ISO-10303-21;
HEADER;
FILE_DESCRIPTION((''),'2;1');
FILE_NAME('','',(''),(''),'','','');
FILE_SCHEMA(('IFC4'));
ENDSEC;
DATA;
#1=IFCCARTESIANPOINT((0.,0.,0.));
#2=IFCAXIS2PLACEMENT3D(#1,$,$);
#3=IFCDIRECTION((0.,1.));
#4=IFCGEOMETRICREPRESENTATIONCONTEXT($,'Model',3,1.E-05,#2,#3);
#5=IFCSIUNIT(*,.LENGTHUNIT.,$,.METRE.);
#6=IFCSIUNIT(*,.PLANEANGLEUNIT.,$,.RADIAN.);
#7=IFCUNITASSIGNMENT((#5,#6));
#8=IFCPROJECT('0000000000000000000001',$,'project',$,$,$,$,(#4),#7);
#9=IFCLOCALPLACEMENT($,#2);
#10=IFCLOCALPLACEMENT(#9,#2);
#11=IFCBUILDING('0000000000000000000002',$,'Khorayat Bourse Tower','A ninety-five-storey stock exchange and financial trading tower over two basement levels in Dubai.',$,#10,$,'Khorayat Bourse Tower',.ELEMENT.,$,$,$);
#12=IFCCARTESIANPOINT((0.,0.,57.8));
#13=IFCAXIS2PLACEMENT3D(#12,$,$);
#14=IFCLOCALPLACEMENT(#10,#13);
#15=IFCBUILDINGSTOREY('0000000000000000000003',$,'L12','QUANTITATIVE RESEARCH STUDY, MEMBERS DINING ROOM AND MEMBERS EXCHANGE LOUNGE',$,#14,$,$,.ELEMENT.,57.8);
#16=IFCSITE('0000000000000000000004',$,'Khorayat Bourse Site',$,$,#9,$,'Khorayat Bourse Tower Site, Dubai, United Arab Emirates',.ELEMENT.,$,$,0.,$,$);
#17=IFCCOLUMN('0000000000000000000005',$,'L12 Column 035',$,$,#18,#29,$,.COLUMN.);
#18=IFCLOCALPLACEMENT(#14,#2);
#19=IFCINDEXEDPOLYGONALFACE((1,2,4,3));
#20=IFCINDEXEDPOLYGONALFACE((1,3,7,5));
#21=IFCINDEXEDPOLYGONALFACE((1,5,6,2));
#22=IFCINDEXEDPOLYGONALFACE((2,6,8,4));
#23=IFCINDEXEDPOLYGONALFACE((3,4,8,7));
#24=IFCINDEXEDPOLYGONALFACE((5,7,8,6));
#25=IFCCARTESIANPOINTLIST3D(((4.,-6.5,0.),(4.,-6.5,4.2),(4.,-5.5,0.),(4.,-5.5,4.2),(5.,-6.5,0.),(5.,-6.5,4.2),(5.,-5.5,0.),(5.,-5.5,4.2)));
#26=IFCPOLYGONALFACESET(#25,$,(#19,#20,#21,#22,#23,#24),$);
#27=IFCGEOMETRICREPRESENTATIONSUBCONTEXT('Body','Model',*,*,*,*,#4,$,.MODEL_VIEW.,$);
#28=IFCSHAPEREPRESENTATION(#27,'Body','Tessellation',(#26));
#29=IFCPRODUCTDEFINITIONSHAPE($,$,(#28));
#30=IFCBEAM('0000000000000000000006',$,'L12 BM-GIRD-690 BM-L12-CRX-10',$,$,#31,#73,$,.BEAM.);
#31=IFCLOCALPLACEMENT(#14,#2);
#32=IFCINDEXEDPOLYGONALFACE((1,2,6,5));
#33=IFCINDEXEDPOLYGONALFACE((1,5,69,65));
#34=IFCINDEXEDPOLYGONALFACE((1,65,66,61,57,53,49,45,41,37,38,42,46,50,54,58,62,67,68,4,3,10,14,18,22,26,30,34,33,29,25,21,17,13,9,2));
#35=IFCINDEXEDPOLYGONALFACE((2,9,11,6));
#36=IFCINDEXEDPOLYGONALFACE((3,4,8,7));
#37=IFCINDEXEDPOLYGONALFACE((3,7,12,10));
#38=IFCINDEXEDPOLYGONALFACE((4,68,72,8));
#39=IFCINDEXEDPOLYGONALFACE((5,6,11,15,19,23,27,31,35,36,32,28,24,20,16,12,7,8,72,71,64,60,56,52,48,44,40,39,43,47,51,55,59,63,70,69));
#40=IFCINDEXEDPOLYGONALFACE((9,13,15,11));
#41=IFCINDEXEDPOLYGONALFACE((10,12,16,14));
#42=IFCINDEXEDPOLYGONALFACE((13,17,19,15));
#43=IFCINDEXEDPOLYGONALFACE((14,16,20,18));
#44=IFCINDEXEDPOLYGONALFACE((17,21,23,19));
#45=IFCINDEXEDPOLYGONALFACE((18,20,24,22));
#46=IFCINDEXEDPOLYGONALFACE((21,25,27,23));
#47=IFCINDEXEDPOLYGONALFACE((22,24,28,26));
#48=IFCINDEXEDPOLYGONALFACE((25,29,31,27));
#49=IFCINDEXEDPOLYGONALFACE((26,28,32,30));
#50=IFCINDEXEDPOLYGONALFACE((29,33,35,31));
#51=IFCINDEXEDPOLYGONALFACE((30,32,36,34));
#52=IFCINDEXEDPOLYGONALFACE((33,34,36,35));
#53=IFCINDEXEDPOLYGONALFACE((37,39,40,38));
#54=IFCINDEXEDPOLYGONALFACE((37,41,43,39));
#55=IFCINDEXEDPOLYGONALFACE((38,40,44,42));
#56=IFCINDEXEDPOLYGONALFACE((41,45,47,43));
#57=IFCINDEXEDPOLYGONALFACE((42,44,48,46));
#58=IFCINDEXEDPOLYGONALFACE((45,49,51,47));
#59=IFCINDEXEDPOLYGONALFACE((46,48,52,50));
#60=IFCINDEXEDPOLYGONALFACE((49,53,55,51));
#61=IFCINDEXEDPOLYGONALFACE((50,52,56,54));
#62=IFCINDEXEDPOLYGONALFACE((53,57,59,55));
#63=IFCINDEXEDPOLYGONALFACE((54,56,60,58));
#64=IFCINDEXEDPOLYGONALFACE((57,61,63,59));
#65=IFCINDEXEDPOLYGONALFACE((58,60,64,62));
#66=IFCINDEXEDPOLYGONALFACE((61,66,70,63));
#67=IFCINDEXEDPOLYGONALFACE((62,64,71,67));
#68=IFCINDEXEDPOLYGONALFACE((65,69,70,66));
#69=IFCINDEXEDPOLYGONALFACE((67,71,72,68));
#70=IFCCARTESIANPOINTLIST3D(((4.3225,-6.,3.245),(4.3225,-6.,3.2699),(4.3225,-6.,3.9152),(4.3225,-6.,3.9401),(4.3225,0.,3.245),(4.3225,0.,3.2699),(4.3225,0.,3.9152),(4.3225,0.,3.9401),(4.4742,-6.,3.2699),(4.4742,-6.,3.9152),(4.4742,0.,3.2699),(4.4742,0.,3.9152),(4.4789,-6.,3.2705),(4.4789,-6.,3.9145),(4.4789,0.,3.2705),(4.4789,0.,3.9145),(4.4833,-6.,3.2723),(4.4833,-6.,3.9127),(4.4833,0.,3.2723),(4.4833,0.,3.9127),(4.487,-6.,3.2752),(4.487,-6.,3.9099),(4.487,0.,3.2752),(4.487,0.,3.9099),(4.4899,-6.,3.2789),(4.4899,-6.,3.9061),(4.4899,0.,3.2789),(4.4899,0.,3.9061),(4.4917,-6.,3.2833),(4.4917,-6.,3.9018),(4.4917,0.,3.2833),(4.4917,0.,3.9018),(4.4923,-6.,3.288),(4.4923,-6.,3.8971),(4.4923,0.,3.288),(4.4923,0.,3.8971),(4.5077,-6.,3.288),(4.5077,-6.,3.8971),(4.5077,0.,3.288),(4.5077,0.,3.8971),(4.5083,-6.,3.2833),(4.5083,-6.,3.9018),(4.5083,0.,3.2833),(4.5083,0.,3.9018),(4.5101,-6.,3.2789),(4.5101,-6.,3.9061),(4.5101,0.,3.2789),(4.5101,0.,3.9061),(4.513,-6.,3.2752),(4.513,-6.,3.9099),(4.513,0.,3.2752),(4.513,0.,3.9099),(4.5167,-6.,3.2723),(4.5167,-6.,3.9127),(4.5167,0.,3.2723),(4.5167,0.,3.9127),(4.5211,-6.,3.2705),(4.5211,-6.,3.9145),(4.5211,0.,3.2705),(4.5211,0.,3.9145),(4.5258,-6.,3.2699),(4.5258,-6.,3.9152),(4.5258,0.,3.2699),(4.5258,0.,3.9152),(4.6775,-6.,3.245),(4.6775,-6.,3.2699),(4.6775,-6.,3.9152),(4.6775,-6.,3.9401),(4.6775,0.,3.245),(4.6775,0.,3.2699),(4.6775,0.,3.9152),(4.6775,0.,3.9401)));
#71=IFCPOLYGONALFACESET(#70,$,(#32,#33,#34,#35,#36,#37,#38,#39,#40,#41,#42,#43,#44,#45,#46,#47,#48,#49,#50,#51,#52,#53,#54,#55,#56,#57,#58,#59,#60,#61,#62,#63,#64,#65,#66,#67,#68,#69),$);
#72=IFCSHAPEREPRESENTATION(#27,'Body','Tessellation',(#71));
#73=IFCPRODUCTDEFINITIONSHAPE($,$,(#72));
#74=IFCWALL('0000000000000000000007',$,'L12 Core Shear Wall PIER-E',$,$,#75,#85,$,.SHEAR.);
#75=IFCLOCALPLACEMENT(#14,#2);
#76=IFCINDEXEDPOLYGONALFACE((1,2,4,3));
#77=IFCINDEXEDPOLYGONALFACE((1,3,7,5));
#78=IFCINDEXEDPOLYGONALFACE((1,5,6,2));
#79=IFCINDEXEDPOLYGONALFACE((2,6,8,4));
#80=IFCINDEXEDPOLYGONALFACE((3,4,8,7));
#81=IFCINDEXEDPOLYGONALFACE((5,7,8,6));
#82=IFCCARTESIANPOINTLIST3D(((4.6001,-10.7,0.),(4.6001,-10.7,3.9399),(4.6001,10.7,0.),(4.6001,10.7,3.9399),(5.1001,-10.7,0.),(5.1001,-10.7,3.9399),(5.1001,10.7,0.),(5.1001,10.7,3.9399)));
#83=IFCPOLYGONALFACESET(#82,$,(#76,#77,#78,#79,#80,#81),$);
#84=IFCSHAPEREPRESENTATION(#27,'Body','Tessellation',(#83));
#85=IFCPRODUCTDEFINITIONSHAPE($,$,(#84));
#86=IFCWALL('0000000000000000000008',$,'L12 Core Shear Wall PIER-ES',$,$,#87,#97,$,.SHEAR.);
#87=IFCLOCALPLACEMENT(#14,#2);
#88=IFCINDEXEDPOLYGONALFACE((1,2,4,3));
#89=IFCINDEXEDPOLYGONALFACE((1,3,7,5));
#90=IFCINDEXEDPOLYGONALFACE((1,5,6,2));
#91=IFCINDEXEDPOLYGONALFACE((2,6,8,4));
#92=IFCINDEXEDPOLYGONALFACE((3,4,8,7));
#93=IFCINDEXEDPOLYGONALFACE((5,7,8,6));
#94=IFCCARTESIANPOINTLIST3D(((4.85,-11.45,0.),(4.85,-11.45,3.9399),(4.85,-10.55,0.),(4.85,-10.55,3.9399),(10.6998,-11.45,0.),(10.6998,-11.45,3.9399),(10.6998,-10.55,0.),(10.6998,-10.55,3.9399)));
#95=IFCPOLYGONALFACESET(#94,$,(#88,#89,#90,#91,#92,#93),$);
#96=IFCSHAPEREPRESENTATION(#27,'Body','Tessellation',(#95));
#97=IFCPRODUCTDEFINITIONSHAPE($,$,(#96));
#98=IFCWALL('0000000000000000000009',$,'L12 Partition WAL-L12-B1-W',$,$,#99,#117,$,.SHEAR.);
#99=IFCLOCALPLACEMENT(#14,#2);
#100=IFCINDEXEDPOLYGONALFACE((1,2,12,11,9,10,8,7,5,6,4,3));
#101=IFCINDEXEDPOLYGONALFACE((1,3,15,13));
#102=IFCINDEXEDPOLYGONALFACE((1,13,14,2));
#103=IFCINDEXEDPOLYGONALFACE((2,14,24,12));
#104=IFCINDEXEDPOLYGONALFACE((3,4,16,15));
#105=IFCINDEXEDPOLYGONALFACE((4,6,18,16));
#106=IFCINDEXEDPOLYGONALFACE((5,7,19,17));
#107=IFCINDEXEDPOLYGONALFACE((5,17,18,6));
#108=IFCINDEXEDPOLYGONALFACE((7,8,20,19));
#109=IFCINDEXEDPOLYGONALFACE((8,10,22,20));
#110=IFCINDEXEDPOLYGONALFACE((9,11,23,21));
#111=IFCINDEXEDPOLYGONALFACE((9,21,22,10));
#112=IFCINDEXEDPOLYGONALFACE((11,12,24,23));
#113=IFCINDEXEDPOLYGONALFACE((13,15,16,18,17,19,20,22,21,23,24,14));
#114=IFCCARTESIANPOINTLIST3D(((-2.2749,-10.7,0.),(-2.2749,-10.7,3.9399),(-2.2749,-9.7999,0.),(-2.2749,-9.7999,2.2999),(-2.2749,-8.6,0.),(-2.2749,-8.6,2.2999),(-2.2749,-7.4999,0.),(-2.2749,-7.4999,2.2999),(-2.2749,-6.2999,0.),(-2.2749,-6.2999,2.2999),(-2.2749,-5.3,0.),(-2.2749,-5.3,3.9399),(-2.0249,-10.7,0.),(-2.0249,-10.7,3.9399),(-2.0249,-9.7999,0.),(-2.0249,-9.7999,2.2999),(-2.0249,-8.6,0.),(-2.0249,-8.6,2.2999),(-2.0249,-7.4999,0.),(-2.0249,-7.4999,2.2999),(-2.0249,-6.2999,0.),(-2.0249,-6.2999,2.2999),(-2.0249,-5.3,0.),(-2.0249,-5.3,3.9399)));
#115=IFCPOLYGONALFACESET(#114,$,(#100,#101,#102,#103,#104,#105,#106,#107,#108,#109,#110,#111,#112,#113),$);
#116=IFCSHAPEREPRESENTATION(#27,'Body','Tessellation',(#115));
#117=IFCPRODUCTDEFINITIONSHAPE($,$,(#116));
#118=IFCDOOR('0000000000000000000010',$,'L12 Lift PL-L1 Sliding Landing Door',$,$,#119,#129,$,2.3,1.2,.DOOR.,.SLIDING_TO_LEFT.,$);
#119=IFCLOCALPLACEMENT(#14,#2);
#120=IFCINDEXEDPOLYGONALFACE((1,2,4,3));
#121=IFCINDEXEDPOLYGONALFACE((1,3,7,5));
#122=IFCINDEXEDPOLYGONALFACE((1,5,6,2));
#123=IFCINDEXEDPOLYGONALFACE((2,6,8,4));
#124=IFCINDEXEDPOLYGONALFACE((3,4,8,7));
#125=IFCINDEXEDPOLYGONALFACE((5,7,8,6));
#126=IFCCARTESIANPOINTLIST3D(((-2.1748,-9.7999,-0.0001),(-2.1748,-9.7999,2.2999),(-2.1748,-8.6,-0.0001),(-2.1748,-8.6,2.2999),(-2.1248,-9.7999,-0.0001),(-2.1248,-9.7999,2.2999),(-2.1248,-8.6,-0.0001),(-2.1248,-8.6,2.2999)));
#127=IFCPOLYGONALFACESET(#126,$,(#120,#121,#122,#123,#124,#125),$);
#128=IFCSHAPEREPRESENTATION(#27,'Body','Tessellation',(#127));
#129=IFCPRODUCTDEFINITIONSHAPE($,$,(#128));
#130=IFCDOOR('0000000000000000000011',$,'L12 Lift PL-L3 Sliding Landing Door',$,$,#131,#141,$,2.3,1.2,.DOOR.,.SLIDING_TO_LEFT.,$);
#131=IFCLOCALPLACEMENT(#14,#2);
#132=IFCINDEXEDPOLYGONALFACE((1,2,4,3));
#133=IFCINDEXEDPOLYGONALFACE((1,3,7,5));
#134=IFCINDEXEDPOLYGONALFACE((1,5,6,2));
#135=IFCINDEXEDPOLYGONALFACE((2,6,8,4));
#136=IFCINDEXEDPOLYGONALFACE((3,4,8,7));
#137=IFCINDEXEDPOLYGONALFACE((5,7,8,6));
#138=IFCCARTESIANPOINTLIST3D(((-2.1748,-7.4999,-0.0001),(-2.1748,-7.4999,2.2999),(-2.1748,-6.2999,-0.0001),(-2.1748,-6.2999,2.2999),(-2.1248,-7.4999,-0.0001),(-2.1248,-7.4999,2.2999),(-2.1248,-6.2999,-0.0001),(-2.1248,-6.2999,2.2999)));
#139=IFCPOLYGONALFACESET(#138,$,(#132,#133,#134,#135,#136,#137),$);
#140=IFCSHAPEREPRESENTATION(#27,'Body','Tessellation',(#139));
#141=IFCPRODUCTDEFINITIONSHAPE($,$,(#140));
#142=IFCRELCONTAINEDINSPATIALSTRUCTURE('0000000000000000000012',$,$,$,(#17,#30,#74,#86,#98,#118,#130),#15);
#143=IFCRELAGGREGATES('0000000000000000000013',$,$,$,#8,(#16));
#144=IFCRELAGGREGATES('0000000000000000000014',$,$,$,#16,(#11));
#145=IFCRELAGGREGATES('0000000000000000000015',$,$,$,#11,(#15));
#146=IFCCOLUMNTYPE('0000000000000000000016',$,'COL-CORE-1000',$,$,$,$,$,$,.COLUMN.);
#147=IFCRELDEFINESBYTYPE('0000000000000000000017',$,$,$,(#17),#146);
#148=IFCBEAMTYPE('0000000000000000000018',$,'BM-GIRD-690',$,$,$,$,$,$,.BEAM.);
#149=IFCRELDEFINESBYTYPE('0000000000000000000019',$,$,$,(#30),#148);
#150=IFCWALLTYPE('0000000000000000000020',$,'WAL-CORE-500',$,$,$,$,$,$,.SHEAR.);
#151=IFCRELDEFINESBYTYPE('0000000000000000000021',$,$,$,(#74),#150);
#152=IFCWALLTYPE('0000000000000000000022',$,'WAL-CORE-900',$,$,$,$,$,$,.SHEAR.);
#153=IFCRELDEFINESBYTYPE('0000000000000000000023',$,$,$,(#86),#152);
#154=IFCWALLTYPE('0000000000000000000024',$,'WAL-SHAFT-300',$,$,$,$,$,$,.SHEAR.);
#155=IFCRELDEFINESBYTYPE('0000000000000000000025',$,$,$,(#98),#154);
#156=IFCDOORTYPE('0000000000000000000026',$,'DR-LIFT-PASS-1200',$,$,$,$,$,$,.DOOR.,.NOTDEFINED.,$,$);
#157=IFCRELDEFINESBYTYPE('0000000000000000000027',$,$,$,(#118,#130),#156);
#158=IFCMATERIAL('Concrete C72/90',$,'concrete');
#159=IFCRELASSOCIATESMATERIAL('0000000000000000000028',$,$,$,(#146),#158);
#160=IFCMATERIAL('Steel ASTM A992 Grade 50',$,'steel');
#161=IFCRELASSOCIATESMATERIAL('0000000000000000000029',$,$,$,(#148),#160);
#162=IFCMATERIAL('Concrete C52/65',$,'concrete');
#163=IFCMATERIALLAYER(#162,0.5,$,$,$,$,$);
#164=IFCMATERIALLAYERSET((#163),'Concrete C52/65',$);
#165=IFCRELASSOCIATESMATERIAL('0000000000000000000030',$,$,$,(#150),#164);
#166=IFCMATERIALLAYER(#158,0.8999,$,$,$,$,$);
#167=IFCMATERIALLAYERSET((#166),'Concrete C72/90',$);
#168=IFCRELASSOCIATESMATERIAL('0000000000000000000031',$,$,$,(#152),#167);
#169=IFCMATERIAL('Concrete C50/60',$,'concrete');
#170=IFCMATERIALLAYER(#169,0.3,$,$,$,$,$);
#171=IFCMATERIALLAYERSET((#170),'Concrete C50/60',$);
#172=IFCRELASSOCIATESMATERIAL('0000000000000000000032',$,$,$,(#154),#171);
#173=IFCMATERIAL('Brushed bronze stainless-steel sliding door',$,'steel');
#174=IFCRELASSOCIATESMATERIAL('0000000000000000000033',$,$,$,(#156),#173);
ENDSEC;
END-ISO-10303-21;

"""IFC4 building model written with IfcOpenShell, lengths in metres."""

from ifc_helpers import new_model, si_unit, direction, frame, frame_2d, origin, origin_2d, place, context, subcontext, project, spatial, rectangle, i_section, extrude, source, transform, mapped, material, layer, layer_set, material_profile, profile_set, type_object, element, fill, save


model = new_model("IFC4")

# Units and contexts
model_context = context("Model", 3, precision=1e-05, world=origin(), true_north=direction((0.0, 1.0)))
body_context = subcontext(model_context, "Body", "Model", "MODEL_VIEW")
ifc_project = project(units=[si_unit("LENGTHUNIT", "METRE"), si_unit("PLANEANGLEUNIT", "RADIAN")], contexts=[model_context])

# Site, building, storey
site_placement = place(None, origin())
site = spatial("IfcSite", under=ifc_project, at=site_placement, Name="Khorayat Bourse Site", LongName="Khorayat Bourse Tower Site, Dubai, United Arab Emirates", CompositionType="ELEMENT", RefElevation=0.0)
building_placement = place(site_placement, origin())
building = spatial("IfcBuilding", under=site, at=building_placement, Name="Khorayat Bourse Tower", Description="A ninety-five-storey stock exchange and financial trading tower over two basement levels in Dubai.", LongName="Khorayat Bourse Tower", CompositionType="ELEMENT")
storey_placement = place(building_placement, frame((0.0, 0.0, 57.8)))
storey = spatial("IfcBuildingStorey", under=building, at=storey_placement, Name="L12", Description="QUANTITATIVE RESEARCH STUDY, MEMBERS DINING ROOM AND MEMBERS EXCHANGE LOUNGE", CompositionType="ELEMENT", Elevation=57.8)

# Column
ifc_material_1 = material(Name="Concrete C72/90", Category="concrete")
ifc_material_profile_1 = material_profile(ifc_material_1, rectangle(XDim=1.0, YDim=1.0, at=origin_2d()), Name="RC 1000x1000")
ifc_profile_set_1 = profile_set([ifc_material_profile_1], Name="Concrete C72/90")
column_type = type_object("IfcColumnType", Name="COL-CORE-1000", PredefinedType="COLUMN", material=ifc_profile_set_1)
shared_shape_1 = source(origin(), body_context, "Body", "SweptSolid", [
    extrude(rectangle(XDim=1.0, YDim=1.0, at=origin_2d()), origin(), (0.0, 0.0, 1.0), 4.2),
])
column_placement = place(storey_placement, frame((4.5, -6.0, 0.0), z_axis=(0.0, 0.0, 1.0), x_axis=(1.0, 0.0, 0.0)))
element("IfcColumn", 1, at=column_placement, inside=storey, type_object=column_type, Name="L12 Column 035", PredefinedType="COLUMN", context=body_context, shape_type="MappedRepresentation", body=[
    mapped(shared_shape_1, transform((0.0, 0.0, 0.0), scale=1.0)),
])

# Beam
ifc_material_2 = material(Name="Steel ASTM A992 Grade 50", Category="steel")
ifc_material_profile_2 = material_profile(ifc_material_2, i_section(OverallWidth=0.355, OverallDepth=0.6951, WebThickness=0.0154, FlangeThickness=0.0249, FilletRadius=0.0181, at=origin_2d()), Name="W690X217")
ifc_profile_set_2 = profile_set([ifc_material_profile_2], Name="Steel ASTM A992 Grade 50")
beam_type = type_object("IfcBeamType", Name="BM-GIRD-690", PredefinedType="BEAM", material=ifc_profile_set_2)
shared_shape_2 = source(origin(), body_context, "Body", "SweptSolid", [
    extrude(i_section(OverallWidth=0.355, OverallDepth=0.6951, WebThickness=0.0154, FlangeThickness=0.0249, FilletRadius=0.0181, at=origin_2d()), origin(), (0.0, 0.0, 1.0), 6.0),
])
beam_placement = place(storey_placement, frame((4.5, -6.0, 3.5925), z_axis=(0.0, 1.0, 0.0), x_axis=(-1.0, 0.0, 0.0)))
element("IfcBeam", 2, at=beam_placement, inside=storey, type_object=beam_type, Name="L12 BM-GIRD-690 BM-L12-CRX-10", PredefinedType="BEAM", context=body_context, shape_type="MappedRepresentation", body=[
    mapped(shared_shape_2, transform((0.0, 0.0, 0.0), scale=1.0)),
])

# Walls
ifc_material_3 = material(Name="Concrete C52/65", Category="concrete")
ifc_layer_1 = layer(ifc_material_3, 0.5)
ifc_layer_set_1 = layer_set([ifc_layer_1], Name="Concrete C52/65")
wall_type_1 = type_object("IfcWallType", Name="WAL-CORE-500", PredefinedType="SHEAR", material=ifc_layer_set_1)
shared_shape_3 = source(origin(), body_context, "Body", "SweptSolid", [
    extrude(rectangle(XDim=21.3999, YDim=0.5, at=frame_2d((10.7, 0.0))), origin(), (0.0, 0.0, 1.0), 3.9399),
])
wall_1_placement = place(storey_placement, frame((4.8501, -10.7, 0.0), z_axis=(0.0, 0.0, 1.0), x_axis=(0.0, 1.0, 0.0)))
element("IfcWall", 3, at=wall_1_placement, inside=storey, type_object=wall_type_1, Name="L12 Core Shear Wall PIER-E", PredefinedType="SHEAR", context=body_context, shape_type="MappedRepresentation", body=[
    mapped(shared_shape_3, transform((0.0, 0.0, 0.0), scale=1.0)),
])
ifc_layer_2 = layer(ifc_material_1, 0.8999)
ifc_layer_set_2 = layer_set([ifc_layer_2], Name="Concrete C72/90")
wall_type_2 = type_object("IfcWallType", Name="WAL-CORE-900", PredefinedType="SHEAR", material=ifc_layer_set_2)
shared_shape_4 = source(origin(), body_context, "Body", "SweptSolid", [
    extrude(rectangle(XDim=5.8499, YDim=0.8999, at=frame_2d((2.9248, 0.0))), origin(), (0.0, 0.0, 1.0), 3.9399),
])
wall_2_placement = place(storey_placement, frame((4.8501, -11.0, 0.0), z_axis=(0.0, 0.0, 1.0), x_axis=(1.0, 0.0, 0.0)))
element("IfcWall", 4, at=wall_2_placement, inside=storey, type_object=wall_type_2, Name="L12 Core Shear Wall PIER-ES", PredefinedType="SHEAR", context=body_context, shape_type="MappedRepresentation", body=[
    mapped(shared_shape_4, transform((0.0, 0.0, 0.0), scale=1.0)),
])

# Wall, openings, doors
ifc_material_4 = material(Name="Concrete C50/60", Category="concrete")
ifc_layer_3 = layer(ifc_material_4, 0.3)
ifc_layer_set_3 = layer_set([ifc_layer_3], Name="Concrete C50/60")
wall_type_3 = type_object("IfcWallType", Name="WAL-SHAFT-300", PredefinedType="SHEAR", material=ifc_layer_set_3)
shared_shape_5 = source(origin(), body_context, "Body", "SweptSolid", [
    extrude(rectangle(XDim=5.3999, YDim=0.25, at=frame_2d((2.7, 0.0))), origin(), (0.0, 0.0, 1.0), 3.9399),
])
wall_3_placement = place(storey_placement, frame((-2.1499, -10.7, 0.0), z_axis=(0.0, 0.0, 1.0), x_axis=(0.0, 1.0, 0.0)))
wall_3 = element("IfcWall", 5, at=wall_3_placement, inside=storey, type_object=wall_type_3, Name="L12 Partition WAL-L12-B1-W", PredefinedType="SHEAR", context=body_context, shape_type="MappedRepresentation", body=[
    mapped(shared_shape_5, transform((0.0, 0.0, 0.0), scale=1.0)),
])
shared_shape_6 = source(origin(), body_context, "Body", "SweptSolid", [
    extrude(rectangle(XDim=1.2, YDim=2.3, at=frame_2d((0.6001, 1.1499))), frame((0.0, 0.135, 0.0), z_axis=(0.0, -1.0, 0.0), x_axis=(1.0, 0.0, 0.0)), (0.0, 0.0, 1.0), 0.27),
])
opening_1_placement = place(wall_3_placement, frame((0.8999, 0.0, 0.0)))
opening_1 = element("IfcOpeningElement", 6, at=opening_1_placement, cuts=wall_3, PredefinedType="OPENING", context=body_context, shape_type="MappedRepresentation", body=[
    mapped(shared_shape_6, transform((0.0, 0.0, 0.0), scale=1.0)),
])
opening_2_placement = place(wall_3_placement, frame((3.2, 0.0, 0.0)))
opening_2 = element("IfcOpeningElement", 7, at=opening_2_placement, cuts=wall_3, PredefinedType="OPENING", context=body_context, shape_type="MappedRepresentation", body=[
    mapped(shared_shape_6, transform((0.0, 0.0, 0.0), scale=1.0)),
])
ifc_material_5 = material(Name="Brushed bronze stainless-steel sliding door", Category="steel")
door_type_1 = type_object("IfcDoorType", Name="DR-LIFT-PASS-1200", OperationType="NOTDEFINED", PredefinedType="DOOR", material=ifc_material_5)
shared_shape_7 = source(origin(), body_context, "Body", "SweptSolid", [
    extrude(rectangle(XDim=1.2, YDim=2.3, at=frame_2d((0.6001, 1.1499))), frame((0.0, 0.0249, 0.0), z_axis=(0.0, -1.0, 0.0), x_axis=(1.0, 0.0, 0.0)), (0.0, 0.0, 1.0), 0.05),
])
door_1_placement = place(opening_1_placement, origin())
door_1 = element("IfcDoor", 8, at=door_1_placement, inside=storey, type_object=door_type_1, Name="L12 Lift PL-L1 Sliding Landing Door", OperationType="SLIDING_TO_LEFT", OverallHeight=2.3, OverallWidth=1.2, PredefinedType="DOOR", context=body_context, shape_type="MappedRepresentation", body=[
    mapped(shared_shape_7, transform((0.0, 0.0, 0.0), scale=1.0)),
])
fill(opening_1, door_1)
door_2_placement = place(opening_2_placement, origin())
door_2 = element("IfcDoor", 9, at=door_2_placement, inside=storey, type_object=door_type_1, Name="L12 Lift PL-L3 Sliding Landing Door", OperationType="SLIDING_TO_LEFT", OverallHeight=2.3, OverallWidth=1.2, PredefinedType="DOOR", context=body_context, shape_type="MappedRepresentation", body=[
    mapped(shared_shape_7, transform((0.0, 0.0, 0.0), scale=1.0)),
])
fill(opening_2, door_2)

save(model, "model.ifc")
